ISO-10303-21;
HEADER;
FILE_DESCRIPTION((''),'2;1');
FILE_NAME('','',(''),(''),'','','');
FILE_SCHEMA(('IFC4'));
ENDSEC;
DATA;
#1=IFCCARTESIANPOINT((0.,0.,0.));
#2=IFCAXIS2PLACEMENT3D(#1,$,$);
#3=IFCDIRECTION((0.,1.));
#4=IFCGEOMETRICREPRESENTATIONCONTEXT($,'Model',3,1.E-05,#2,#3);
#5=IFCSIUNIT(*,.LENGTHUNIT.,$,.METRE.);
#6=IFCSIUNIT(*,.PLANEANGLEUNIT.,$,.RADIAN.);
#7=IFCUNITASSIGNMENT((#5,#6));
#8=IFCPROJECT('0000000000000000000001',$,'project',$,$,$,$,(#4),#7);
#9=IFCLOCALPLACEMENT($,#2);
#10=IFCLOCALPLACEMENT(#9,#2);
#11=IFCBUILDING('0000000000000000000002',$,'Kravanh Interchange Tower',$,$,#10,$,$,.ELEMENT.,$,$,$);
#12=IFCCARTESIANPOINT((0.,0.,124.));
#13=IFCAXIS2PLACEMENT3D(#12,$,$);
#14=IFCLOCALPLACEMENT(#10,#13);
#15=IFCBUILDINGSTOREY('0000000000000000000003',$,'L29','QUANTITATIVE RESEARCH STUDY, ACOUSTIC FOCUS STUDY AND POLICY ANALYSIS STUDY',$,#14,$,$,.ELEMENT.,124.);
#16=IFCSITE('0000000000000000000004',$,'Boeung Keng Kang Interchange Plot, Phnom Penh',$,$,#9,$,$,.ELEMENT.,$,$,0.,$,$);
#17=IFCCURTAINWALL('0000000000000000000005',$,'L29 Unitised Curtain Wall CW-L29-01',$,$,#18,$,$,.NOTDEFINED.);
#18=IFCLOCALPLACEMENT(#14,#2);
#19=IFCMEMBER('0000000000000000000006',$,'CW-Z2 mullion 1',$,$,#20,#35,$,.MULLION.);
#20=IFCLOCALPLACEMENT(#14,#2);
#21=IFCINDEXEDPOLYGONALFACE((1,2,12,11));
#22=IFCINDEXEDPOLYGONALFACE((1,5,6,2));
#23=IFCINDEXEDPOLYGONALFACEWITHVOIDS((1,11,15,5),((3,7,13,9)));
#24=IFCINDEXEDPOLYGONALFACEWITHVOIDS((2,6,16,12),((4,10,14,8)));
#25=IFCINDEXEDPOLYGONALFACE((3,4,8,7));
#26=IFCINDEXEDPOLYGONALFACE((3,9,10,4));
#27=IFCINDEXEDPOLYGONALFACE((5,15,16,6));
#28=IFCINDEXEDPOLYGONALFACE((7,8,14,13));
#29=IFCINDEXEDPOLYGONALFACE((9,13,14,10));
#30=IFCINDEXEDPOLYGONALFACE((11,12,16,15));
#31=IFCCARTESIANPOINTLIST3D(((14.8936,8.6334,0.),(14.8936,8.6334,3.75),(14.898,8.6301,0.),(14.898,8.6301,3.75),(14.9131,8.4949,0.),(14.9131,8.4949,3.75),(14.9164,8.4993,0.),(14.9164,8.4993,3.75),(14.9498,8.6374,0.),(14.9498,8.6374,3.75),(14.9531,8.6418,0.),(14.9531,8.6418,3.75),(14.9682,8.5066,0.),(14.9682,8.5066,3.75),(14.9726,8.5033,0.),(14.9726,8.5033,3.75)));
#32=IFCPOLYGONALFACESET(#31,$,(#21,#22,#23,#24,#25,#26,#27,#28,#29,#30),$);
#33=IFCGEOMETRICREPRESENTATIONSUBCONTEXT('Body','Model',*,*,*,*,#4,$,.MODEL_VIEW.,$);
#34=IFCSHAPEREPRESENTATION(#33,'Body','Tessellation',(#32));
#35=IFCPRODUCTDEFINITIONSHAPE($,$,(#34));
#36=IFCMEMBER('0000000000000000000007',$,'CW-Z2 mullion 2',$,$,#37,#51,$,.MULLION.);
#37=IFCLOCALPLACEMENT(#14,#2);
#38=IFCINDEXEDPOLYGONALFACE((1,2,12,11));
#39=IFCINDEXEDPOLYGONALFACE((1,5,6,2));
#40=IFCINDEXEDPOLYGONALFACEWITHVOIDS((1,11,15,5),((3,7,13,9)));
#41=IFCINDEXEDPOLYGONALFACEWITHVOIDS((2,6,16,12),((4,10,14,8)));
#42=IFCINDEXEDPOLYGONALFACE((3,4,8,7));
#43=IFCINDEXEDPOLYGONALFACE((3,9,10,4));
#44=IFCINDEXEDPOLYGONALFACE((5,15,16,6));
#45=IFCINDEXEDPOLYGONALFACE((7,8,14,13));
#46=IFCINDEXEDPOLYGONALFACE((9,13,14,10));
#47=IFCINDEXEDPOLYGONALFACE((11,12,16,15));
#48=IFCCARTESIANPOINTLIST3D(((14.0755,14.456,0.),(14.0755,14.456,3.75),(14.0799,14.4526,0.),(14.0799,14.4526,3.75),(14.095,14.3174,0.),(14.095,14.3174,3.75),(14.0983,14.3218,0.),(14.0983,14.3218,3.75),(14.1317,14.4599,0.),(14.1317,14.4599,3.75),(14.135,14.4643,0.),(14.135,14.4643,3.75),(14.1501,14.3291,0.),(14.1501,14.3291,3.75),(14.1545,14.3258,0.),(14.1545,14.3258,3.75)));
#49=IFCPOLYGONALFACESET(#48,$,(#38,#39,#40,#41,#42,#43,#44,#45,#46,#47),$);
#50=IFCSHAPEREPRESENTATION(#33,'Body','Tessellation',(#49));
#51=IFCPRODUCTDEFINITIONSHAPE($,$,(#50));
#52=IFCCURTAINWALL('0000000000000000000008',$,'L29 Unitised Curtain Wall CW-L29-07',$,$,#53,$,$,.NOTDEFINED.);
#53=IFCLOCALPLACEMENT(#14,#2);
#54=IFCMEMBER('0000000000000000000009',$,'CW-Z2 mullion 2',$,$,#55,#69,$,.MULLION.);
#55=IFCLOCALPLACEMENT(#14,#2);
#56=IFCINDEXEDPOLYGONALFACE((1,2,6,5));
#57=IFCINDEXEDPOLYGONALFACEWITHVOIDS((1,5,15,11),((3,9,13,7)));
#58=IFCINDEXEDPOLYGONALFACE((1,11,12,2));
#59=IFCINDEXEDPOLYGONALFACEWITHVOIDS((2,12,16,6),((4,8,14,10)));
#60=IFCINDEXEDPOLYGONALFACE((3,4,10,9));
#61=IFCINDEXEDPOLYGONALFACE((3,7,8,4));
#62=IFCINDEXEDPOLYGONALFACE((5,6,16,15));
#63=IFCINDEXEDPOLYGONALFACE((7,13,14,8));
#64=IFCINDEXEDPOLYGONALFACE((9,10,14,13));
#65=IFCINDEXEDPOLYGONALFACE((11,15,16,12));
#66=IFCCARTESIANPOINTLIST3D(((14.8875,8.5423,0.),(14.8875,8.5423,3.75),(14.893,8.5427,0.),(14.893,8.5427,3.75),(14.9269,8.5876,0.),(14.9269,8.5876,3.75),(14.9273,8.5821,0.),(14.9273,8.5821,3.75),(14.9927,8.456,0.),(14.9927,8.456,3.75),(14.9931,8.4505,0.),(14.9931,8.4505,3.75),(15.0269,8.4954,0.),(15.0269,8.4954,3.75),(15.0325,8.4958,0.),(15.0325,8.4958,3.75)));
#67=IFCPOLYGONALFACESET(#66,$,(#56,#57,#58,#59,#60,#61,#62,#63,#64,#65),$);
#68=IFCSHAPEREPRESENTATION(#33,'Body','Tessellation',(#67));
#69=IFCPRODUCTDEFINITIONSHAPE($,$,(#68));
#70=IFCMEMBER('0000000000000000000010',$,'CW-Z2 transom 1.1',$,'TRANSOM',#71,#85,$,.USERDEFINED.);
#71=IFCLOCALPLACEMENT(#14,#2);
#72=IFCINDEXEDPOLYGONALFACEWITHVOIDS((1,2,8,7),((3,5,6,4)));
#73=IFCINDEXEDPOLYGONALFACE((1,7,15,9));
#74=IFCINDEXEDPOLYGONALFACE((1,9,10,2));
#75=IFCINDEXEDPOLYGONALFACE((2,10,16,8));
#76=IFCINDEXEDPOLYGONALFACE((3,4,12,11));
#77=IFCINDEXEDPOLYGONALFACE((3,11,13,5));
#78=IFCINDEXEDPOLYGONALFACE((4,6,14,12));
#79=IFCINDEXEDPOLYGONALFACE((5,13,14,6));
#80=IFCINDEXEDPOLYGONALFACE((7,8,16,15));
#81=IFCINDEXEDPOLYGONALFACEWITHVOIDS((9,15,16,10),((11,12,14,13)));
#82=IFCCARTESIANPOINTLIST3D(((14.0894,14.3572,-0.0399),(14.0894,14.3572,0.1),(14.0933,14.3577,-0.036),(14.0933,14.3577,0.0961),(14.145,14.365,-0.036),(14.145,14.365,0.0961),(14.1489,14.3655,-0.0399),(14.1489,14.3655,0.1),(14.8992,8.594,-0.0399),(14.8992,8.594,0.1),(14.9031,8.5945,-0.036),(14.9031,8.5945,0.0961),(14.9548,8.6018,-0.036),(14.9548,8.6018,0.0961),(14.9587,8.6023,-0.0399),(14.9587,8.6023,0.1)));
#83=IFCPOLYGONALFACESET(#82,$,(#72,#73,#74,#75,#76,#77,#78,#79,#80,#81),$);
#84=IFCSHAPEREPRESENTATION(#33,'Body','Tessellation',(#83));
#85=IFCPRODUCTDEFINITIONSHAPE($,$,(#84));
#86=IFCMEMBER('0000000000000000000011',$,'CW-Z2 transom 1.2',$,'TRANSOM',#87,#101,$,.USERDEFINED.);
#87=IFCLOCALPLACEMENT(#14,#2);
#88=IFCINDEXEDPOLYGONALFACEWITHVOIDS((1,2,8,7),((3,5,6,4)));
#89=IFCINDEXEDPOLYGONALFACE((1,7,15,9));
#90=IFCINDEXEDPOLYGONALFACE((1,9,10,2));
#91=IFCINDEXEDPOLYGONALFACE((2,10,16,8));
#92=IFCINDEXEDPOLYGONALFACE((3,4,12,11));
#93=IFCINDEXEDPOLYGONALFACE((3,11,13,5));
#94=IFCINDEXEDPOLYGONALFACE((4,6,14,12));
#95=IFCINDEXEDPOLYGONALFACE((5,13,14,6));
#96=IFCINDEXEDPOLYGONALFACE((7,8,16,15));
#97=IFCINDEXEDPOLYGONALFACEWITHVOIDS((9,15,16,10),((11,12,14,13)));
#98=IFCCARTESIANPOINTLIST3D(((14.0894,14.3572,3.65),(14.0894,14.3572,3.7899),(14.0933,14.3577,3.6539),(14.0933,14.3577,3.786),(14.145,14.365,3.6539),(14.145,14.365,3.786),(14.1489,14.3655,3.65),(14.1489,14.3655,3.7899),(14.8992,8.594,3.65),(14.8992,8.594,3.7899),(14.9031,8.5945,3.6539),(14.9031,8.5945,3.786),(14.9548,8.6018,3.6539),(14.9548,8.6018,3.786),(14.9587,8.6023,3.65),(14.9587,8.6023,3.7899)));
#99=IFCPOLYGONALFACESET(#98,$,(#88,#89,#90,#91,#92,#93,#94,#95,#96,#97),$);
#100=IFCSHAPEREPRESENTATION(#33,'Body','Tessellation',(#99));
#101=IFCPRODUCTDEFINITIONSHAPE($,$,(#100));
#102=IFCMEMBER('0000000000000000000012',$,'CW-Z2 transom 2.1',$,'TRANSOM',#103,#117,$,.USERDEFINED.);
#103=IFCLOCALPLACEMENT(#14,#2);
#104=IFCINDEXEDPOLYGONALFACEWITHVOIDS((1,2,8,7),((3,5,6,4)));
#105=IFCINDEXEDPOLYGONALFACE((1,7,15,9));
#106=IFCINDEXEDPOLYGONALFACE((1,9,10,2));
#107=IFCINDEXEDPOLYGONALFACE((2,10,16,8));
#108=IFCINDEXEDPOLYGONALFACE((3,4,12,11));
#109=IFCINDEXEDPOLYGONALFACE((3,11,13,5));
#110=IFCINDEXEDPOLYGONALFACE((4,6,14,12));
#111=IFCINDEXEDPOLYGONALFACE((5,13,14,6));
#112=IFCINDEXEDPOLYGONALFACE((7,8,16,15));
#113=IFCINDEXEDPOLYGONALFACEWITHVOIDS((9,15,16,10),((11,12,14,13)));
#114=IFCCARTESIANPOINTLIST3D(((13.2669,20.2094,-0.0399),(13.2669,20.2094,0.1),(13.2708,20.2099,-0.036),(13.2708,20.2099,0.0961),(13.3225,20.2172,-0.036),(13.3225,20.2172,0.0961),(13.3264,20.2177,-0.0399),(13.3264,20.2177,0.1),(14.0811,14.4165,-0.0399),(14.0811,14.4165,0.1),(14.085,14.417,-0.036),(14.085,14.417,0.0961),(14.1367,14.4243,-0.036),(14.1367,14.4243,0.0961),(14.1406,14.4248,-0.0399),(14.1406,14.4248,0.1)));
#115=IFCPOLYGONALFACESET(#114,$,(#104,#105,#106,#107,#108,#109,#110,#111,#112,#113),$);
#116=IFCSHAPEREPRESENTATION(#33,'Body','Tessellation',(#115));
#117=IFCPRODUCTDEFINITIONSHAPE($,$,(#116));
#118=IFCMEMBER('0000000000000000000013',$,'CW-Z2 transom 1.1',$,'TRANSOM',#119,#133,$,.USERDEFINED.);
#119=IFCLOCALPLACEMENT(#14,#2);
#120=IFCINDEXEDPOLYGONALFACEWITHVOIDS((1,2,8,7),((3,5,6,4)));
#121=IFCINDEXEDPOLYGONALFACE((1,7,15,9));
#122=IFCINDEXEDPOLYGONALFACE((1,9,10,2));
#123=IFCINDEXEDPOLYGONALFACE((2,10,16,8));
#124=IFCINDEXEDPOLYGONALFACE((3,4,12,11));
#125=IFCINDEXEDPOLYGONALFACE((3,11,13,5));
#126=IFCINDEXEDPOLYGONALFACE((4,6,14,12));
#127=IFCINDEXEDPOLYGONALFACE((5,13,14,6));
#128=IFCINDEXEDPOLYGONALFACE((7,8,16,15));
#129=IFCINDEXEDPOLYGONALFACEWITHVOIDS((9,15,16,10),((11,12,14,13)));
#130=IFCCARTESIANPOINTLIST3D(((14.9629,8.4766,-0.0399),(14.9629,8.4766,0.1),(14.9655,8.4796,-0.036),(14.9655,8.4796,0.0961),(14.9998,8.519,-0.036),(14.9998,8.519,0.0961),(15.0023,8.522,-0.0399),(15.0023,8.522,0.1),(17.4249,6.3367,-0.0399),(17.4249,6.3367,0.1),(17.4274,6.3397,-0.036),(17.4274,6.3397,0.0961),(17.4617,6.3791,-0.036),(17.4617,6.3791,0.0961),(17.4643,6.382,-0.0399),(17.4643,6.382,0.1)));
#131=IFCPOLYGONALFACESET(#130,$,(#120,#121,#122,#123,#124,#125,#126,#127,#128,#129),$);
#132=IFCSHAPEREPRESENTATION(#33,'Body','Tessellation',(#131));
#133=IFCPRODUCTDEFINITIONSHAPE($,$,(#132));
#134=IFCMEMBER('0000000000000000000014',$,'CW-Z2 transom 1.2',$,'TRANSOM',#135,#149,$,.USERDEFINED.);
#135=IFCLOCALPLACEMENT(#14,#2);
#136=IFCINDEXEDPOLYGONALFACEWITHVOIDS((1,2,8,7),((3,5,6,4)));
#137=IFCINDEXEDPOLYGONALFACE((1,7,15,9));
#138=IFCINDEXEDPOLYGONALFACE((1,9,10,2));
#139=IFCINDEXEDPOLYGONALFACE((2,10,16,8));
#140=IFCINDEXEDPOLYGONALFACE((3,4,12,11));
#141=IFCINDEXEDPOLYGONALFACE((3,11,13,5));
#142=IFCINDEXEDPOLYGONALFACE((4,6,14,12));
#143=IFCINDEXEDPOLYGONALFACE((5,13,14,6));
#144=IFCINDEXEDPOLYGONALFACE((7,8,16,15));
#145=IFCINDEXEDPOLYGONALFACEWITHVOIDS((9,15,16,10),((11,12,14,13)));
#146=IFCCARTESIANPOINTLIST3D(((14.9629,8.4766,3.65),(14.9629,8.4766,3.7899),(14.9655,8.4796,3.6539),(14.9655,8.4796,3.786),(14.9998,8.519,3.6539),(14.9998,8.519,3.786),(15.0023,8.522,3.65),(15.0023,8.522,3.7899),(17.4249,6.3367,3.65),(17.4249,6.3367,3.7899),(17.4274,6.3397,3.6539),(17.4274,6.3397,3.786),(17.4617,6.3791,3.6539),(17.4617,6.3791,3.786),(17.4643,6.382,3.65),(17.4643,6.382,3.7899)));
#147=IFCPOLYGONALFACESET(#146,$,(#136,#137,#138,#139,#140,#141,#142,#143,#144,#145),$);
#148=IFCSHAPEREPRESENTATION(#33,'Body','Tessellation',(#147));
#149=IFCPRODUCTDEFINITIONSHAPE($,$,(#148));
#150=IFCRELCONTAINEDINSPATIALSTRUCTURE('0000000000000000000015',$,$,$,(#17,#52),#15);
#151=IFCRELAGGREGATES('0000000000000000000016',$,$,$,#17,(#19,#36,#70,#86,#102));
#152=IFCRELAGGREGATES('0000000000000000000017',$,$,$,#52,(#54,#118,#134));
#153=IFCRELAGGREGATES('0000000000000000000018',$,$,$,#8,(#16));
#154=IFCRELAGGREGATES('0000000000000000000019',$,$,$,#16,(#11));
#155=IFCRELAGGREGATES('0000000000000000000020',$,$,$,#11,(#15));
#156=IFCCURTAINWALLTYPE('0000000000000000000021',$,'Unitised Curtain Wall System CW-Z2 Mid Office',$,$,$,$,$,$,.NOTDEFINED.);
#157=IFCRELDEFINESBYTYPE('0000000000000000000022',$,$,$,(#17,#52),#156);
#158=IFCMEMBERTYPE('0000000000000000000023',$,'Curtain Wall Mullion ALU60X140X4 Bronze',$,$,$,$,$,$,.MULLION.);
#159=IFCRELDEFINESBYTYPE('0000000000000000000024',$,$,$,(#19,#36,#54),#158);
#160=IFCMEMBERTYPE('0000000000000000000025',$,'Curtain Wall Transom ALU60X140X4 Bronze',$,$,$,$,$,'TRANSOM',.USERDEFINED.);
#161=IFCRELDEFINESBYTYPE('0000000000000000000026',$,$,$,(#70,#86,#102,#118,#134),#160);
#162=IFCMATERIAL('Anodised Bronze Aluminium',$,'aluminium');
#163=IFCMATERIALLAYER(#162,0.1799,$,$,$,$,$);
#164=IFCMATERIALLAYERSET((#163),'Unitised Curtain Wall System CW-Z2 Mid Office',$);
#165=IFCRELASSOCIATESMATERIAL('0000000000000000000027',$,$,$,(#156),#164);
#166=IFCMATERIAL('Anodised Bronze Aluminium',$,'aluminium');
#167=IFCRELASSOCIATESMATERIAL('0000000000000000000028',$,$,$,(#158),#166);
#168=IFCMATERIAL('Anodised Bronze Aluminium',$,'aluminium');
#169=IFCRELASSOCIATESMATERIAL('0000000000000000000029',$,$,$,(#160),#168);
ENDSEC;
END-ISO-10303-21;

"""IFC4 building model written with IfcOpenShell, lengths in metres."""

from ifc_helpers import new_model, si_unit, direction, frame, origin, origin_2d, place, context, subcontext, project, spatial, hollow_rectangle, extrude, material, layer, layer_set, material_profile, profile_set, type_object, element, aggregate, save


model = new_model("IFC4")

# Units and contexts
model_context = context("Model", 3, precision=1e-05, world=origin(), true_north=direction((0.0, 1.0)))
body_context = subcontext(model_context, "Body", "Model", "MODEL_VIEW")
ifc_project = project(units=[si_unit("LENGTHUNIT", "METRE"), si_unit("PLANEANGLEUNIT", "RADIAN")], contexts=[model_context])

# Site, building, storey
site_placement = place(None, origin())
site = spatial("IfcSite", under=ifc_project, at=site_placement, Name="Boeung Keng Kang Interchange Plot, Phnom Penh", CompositionType="ELEMENT", RefElevation=0.0)
building_placement = place(site_placement, origin())
building = spatial("IfcBuilding", under=site, at=building_placement, Name="Kravanh Interchange Tower", CompositionType="ELEMENT")
storey_placement = place(building_placement, frame((0.0, 0.0, 124.0)))
storey = spatial("IfcBuildingStorey", under=building, at=storey_placement, Name="L29", Description="QUANTITATIVE RESEARCH STUDY, ACOUSTIC FOCUS STUDY AND POLICY ANALYSIS STUDY", CompositionType="ELEMENT", Elevation=124.0)

# Curtain wall, members
ifc_material_1 = material(Name="Anodised Bronze Aluminium", Category="aluminium")
ifc_layer_1 = layer(ifc_material_1, 0.1799)
ifc_layer_set_1 = layer_set([ifc_layer_1], Name="Unitised Curtain Wall System CW-Z2 Mid Office")
curtain_wall_type = type_object("IfcCurtainWallType", Name="Unitised Curtain Wall System CW-Z2 Mid Office", PredefinedType="NOTDEFINED", material=ifc_layer_set_1)
curtain_wall_1_placement = place(storey_placement, origin())
curtain_wall_1 = element("IfcCurtainWall", 1, at=curtain_wall_1_placement, inside=storey, type_object=curtain_wall_type, Name="L29 Unitised Curtain Wall CW-L29-01", PredefinedType="NOTDEFINED")
ifc_material_2 = material(Name="Anodised Bronze Aluminium", Category="aluminium")
ifc_material_profile_1 = material_profile(ifc_material_2, hollow_rectangle(XDim=0.0601, YDim=0.1399, WallThickness=0.0039, at=origin_2d()), Name="ALU60X140X4")
ifc_profile_set_1 = profile_set([ifc_material_profile_1], Name="Anodised Bronze Aluminium")
member_type_1 = type_object("IfcMemberType", Name="Curtain Wall Mullion ALU60X140X4 Bronze", PredefinedType="MULLION", material=ifc_profile_set_1)
member_1_placement = place(storey_placement, frame((14.9331, 8.5684, 0.0), z_axis=(0.0, 0.0, 1.0), x_axis=(-0.990268, -0.139173, 0.0)))
member_1 = element("IfcMember", 2, at=member_1_placement, type_object=member_type_1, Name="CW-Z2 mullion 1", PredefinedType="MULLION", context=body_context, shape_type="SweptSolid", body=[
    extrude(hollow_rectangle(XDim=0.0601, YDim=0.1399, WallThickness=0.0039, at=origin_2d()), origin(), (0.0, 0.0, 1.0), 3.75),
])
member_2_placement = place(storey_placement, frame((14.115, 14.3909, 0.0), z_axis=(0.0, 0.0, 1.0), x_axis=(-0.990268, -0.139173, 0.0)))
member_2 = element("IfcMember", 3, at=member_2_placement, type_object=member_type_1, Name="CW-Z2 mullion 2", PredefinedType="MULLION", context=body_context, shape_type="SweptSolid", body=[
    extrude(hollow_rectangle(XDim=0.0601, YDim=0.1399, WallThickness=0.0039, at=origin_2d()), origin(), (0.0, 0.0, 1.0), 3.75),
])

# Curtain wall, member
curtain_wall_2_placement = place(storey_placement, origin())
curtain_wall_2 = element("IfcCurtainWall", 4, at=curtain_wall_2_placement, inside=storey, type_object=curtain_wall_type, Name="L29 Unitised Curtain Wall CW-L29-07", PredefinedType="NOTDEFINED")
member_3_placement = place(storey_placement, frame((14.96, 8.519, 0.0), z_axis=(0.0, 0.0, 1.0), x_axis=(-0.656048, -0.754719, 0.0)))
member_3 = element("IfcMember", 5, at=member_3_placement, type_object=member_type_1, Name="CW-Z2 mullion 2", PredefinedType="MULLION", context=body_context, shape_type="SweptSolid", body=[
    extrude(hollow_rectangle(XDim=0.0601, YDim=0.1399, WallThickness=0.0039, at=origin_2d()), origin(), (0.0, 0.0, 1.0), 3.75),
])

# Members
ifc_material_3 = material(Name="Anodised Bronze Aluminium", Category="aluminium")
ifc_material_profile_2 = material_profile(ifc_material_3, hollow_rectangle(XDim=0.0601, YDim=0.1399, WallThickness=0.0039, at=origin_2d()), Name="ALU60X140X4")
ifc_profile_set_2 = profile_set([ifc_material_profile_2], Name="Anodised Bronze Aluminium")
member_type_2 = type_object("IfcMemberType", Name="Curtain Wall Transom ALU60X140X4 Bronze", ElementType="TRANSOM", PredefinedType="USERDEFINED", material=ifc_profile_set_2)
member_4_placement = place(storey_placement, frame((14.929, 8.5981, 0.03), z_axis=(-0.139148, 0.990272, 0.0), x_axis=(-0.990272, -0.139148, 0.0)))
member_4 = element("IfcMember", 6, at=member_4_placement, type_object=member_type_2, Name="CW-Z2 transom 1.1", ObjectType="TRANSOM", PredefinedType="USERDEFINED", context=body_context, shape_type="SweptSolid", body=[
    extrude(hollow_rectangle(XDim=0.0601, YDim=0.1399, WallThickness=0.0039, at=origin_2d()), origin(), (0.0, 0.0, 1.0), 5.8198),
])
member_5_placement = place(storey_placement, frame((14.929, 8.5981, 3.72), z_axis=(-0.139148, 0.990272, 0.0), x_axis=(-0.990272, -0.139148, 0.0)))
member_5 = element("IfcMember", 7, at=member_5_placement, type_object=member_type_2, Name="CW-Z2 transom 1.2", ObjectType="TRANSOM", PredefinedType="USERDEFINED", context=body_context, shape_type="SweptSolid", body=[
    extrude(hollow_rectangle(XDim=0.0601, YDim=0.1399, WallThickness=0.0039, at=origin_2d()), origin(), (0.0, 0.0, 1.0), 5.8198),
])
member_6_placement = place(storey_placement, frame((14.1108, 14.4207, 0.03), z_axis=(-0.139183, 0.990267, 0.0), x_axis=(-0.990267, -0.139183, 0.0)))
member_6 = element("IfcMember", 8, at=member_6_placement, type_object=member_type_2, Name="CW-Z2 transom 2.1", ObjectType="TRANSOM", PredefinedType="USERDEFINED", context=body_context, shape_type="SweptSolid", body=[
    extrude(hollow_rectangle(XDim=0.0601, YDim=0.1399, WallThickness=0.0039, at=origin_2d()), origin(), (0.0, 0.0, 1.0), 5.8499),
])
member_7_placement = place(storey_placement, frame((17.4446, 6.3594, 0.03), z_axis=(-0.754742, 0.656021, 0.0), x_axis=(-0.656021, -0.754742, 0.0)))
member_7 = element("IfcMember", 9, at=member_7_placement, type_object=member_type_2, Name="CW-Z2 transom 1.1", ObjectType="TRANSOM", PredefinedType="USERDEFINED", context=body_context, shape_type="SweptSolid", body=[
    extrude(hollow_rectangle(XDim=0.0601, YDim=0.1399, WallThickness=0.0039, at=origin_2d()), origin(), (0.0, 0.0, 1.0), 3.262),
])
member_8_placement = place(storey_placement, frame((17.4446, 6.3594, 3.72), z_axis=(-0.754742, 0.656021, 0.0), x_axis=(-0.656021, -0.754742, 0.0)))
member_8 = element("IfcMember", 10, at=member_8_placement, type_object=member_type_2, Name="CW-Z2 transom 1.2", ObjectType="TRANSOM", PredefinedType="USERDEFINED", context=body_context, shape_type="SweptSolid", body=[
    extrude(hollow_rectangle(XDim=0.0601, YDim=0.1399, WallThickness=0.0039, at=origin_2d()), origin(), (0.0, 0.0, 1.0), 3.262),
])

aggregate(curtain_wall_1, [member_1, member_2, member_4, member_5, member_6])
aggregate(curtain_wall_2, [member_3, member_7, member_8])

save(model, "model.ifc")
